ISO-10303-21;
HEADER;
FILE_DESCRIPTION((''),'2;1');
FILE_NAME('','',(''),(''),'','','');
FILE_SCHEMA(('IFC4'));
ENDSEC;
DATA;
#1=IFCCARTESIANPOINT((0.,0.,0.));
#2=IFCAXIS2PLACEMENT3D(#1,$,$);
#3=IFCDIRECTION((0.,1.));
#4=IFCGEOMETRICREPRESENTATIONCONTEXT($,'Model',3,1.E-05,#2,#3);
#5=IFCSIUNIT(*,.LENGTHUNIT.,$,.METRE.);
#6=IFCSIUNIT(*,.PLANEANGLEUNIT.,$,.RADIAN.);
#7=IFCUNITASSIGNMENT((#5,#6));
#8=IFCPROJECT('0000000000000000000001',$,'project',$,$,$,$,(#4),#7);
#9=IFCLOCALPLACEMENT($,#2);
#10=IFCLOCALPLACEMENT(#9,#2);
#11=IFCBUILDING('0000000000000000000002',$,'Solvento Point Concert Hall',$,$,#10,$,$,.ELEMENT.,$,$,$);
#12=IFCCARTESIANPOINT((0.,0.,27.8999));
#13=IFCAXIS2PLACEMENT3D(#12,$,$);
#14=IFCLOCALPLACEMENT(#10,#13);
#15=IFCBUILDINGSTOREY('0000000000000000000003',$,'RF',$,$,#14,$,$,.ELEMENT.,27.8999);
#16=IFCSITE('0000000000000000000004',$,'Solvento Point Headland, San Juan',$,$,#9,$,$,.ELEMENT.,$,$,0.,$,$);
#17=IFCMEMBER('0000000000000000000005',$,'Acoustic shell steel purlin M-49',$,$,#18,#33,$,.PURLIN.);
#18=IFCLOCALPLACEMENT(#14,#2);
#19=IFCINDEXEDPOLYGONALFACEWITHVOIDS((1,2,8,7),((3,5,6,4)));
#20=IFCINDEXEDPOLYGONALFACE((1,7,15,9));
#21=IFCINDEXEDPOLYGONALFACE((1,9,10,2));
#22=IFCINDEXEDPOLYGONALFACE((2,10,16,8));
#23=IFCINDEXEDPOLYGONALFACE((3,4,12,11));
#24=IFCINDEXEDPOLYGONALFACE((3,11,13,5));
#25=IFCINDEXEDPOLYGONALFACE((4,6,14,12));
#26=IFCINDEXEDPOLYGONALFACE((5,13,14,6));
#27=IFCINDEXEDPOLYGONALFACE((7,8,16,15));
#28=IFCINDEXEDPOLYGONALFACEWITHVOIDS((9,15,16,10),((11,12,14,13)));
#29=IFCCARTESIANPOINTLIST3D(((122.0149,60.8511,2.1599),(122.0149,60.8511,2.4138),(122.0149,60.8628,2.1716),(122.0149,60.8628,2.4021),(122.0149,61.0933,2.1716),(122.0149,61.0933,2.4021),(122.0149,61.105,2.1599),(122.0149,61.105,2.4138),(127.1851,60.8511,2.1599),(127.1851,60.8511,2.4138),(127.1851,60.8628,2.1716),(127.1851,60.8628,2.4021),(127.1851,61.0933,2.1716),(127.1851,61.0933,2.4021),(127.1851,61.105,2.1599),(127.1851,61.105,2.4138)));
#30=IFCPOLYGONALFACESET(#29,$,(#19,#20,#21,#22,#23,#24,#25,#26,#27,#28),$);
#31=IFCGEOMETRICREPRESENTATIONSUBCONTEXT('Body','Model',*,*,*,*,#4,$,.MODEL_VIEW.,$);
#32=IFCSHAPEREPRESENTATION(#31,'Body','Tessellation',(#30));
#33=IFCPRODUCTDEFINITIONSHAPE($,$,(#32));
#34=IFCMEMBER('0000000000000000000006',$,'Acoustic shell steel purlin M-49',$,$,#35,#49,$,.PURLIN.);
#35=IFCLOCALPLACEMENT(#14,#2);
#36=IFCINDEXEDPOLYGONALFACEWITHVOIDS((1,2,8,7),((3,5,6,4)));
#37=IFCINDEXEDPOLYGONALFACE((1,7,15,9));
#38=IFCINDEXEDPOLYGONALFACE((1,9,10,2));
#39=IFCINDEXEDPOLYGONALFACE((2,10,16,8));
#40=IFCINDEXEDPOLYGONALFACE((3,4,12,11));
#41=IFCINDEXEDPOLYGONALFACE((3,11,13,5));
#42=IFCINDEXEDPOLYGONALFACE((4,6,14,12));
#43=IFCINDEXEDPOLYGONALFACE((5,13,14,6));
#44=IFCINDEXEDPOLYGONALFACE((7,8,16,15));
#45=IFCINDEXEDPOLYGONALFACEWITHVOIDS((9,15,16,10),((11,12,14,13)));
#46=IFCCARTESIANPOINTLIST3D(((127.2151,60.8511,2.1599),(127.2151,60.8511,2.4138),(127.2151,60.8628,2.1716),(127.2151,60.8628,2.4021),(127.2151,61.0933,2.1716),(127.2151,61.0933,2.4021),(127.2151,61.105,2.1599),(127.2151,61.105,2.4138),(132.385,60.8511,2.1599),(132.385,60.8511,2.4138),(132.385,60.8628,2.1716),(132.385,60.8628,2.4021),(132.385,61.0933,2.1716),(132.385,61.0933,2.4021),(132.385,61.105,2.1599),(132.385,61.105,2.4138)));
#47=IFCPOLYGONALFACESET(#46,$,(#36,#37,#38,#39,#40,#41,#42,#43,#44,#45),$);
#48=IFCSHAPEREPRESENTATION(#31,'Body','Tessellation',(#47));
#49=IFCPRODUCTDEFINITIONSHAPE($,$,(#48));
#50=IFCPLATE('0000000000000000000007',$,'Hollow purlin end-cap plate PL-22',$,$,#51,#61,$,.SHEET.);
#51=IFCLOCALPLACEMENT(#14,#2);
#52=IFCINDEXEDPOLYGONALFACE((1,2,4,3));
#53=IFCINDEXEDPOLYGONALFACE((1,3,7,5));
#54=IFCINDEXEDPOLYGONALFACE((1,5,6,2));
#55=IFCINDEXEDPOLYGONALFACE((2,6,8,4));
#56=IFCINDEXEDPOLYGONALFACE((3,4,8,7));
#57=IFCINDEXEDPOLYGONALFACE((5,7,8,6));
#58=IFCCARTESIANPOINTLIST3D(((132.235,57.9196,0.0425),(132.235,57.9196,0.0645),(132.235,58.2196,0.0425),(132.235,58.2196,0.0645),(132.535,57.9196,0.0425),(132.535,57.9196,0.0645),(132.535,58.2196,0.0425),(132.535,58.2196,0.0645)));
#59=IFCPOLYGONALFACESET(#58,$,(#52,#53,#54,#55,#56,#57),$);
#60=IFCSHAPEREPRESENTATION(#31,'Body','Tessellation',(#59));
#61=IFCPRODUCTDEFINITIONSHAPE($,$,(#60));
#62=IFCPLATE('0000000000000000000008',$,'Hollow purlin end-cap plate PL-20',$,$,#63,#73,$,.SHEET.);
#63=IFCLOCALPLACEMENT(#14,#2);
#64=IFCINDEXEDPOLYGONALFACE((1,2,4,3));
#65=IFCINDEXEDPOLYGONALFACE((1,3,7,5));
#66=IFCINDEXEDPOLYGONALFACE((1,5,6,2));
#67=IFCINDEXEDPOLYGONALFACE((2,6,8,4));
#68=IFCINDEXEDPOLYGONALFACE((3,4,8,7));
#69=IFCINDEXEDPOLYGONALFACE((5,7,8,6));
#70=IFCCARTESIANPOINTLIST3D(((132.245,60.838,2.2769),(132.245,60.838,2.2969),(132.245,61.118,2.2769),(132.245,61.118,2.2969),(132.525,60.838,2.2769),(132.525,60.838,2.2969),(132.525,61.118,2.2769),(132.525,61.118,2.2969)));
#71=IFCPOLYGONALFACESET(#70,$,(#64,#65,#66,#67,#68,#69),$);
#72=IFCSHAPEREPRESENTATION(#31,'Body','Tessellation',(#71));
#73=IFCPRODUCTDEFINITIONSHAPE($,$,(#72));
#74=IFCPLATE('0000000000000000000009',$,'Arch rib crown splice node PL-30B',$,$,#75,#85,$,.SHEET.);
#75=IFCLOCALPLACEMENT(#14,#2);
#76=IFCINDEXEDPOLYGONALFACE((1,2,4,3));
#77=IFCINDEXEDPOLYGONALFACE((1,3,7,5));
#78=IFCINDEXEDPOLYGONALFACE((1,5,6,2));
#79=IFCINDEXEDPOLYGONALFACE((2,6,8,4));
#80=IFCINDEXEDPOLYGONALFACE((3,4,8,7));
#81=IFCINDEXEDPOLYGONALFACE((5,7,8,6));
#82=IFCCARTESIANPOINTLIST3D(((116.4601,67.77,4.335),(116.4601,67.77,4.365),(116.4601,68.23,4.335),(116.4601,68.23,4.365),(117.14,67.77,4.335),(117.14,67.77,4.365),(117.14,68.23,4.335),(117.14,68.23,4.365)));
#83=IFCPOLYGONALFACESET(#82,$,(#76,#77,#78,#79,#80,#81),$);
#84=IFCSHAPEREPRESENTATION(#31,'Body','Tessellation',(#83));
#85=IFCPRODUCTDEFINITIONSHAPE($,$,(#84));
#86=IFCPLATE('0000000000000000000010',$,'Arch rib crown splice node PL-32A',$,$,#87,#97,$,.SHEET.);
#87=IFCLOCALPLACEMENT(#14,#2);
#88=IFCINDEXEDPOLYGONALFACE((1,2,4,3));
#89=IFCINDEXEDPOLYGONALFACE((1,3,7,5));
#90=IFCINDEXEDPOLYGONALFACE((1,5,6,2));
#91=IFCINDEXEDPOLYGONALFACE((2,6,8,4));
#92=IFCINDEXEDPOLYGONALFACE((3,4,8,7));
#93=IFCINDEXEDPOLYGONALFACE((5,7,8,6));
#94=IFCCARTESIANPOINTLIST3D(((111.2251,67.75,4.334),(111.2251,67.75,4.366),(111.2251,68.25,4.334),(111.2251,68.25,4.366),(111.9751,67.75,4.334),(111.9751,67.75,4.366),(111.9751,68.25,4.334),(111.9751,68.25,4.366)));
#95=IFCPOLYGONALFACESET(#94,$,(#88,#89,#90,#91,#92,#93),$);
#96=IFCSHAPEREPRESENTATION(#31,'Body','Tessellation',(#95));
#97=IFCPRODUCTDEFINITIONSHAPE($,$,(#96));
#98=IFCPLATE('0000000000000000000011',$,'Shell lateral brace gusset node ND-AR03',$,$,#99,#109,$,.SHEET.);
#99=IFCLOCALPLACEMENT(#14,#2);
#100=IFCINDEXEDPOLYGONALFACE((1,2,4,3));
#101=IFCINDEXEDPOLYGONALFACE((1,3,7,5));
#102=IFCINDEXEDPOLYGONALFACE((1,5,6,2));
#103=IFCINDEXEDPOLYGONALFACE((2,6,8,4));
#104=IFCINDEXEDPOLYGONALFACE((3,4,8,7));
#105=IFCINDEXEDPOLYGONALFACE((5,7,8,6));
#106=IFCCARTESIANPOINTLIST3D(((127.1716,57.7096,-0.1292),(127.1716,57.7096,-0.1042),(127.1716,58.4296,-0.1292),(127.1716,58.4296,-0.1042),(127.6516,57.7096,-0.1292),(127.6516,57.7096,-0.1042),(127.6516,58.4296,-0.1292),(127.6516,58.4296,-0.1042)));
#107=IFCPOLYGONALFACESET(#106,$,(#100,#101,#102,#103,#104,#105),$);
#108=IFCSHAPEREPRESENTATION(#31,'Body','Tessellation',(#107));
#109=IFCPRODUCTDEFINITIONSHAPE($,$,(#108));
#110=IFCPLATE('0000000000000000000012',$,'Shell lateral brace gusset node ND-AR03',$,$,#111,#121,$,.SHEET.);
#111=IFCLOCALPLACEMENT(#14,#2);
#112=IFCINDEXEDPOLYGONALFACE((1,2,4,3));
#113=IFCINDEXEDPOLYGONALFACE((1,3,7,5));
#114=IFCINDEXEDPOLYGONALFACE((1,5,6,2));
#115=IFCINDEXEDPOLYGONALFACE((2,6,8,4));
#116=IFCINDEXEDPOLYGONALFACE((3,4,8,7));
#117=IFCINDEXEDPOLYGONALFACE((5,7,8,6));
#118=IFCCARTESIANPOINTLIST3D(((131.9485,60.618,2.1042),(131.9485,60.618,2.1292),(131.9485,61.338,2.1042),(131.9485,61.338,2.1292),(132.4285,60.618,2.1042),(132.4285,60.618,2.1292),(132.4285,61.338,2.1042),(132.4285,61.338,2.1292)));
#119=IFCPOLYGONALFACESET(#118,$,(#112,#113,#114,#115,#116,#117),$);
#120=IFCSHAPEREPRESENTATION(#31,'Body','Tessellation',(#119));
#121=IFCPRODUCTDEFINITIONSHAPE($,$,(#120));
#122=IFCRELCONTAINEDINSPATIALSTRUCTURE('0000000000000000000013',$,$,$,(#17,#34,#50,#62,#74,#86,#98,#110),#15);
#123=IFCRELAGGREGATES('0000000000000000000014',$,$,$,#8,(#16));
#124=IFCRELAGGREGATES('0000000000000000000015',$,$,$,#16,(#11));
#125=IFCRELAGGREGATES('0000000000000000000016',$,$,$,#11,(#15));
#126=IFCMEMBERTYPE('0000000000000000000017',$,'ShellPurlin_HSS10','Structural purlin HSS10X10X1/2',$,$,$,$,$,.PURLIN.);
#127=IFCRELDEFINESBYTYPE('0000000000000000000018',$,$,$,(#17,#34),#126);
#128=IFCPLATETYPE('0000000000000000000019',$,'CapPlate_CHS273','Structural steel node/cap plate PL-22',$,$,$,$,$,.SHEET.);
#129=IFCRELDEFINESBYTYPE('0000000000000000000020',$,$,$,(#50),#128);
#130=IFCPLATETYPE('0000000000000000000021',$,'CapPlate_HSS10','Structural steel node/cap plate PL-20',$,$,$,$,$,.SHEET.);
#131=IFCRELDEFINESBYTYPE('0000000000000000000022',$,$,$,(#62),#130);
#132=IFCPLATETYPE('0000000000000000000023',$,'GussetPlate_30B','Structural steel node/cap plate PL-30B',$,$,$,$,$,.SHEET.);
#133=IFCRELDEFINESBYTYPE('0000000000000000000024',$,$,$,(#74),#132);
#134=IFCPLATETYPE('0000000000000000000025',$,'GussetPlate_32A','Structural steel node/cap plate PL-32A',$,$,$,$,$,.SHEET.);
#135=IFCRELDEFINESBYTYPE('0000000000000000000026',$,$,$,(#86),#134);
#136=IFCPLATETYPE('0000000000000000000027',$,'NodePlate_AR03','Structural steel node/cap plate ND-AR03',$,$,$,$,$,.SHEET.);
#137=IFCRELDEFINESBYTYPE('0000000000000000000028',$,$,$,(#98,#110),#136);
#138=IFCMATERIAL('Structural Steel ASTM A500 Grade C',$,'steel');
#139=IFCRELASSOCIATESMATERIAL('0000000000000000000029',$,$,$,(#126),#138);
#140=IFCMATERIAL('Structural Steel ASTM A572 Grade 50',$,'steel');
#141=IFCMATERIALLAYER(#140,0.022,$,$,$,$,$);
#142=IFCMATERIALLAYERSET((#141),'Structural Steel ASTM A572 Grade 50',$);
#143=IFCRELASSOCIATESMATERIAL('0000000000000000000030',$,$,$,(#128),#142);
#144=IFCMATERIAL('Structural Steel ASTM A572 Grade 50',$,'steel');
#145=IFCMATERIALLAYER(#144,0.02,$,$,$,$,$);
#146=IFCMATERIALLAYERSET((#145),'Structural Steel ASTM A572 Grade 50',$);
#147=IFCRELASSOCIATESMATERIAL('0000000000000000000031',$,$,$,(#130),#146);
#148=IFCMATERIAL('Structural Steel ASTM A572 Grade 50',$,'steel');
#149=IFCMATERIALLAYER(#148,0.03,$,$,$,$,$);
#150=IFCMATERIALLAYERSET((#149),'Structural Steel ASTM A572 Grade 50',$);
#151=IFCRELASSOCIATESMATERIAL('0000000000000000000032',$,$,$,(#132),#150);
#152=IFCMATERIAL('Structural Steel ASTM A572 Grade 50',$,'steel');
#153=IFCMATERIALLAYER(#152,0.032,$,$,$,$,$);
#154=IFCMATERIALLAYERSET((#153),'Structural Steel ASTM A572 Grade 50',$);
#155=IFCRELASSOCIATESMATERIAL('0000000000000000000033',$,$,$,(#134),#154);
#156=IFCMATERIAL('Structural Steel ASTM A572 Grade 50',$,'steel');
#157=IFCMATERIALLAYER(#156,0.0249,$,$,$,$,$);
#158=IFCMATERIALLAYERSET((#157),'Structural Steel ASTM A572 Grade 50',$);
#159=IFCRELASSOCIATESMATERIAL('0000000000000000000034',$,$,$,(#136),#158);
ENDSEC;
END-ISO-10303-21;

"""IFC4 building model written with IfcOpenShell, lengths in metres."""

from ifc_helpers import new_model, si_unit, direction, frame, origin, origin_2d, place, context, subcontext, project, spatial, rectangle, hollow_rectangle, extrude, material, layer, layer_set, material_profile, profile_set, type_object, element, save


model = new_model("IFC4")

# Units and contexts
model_context = context("Model", 3, precision=1e-05, world=origin(), true_north=direction((0.0, 1.0)))
body_context = subcontext(model_context, "Body", "Model", "MODEL_VIEW")
ifc_project = project(units=[si_unit("LENGTHUNIT", "METRE"), si_unit("PLANEANGLEUNIT", "RADIAN")], contexts=[model_context])

# Site, building, storey
site_placement = place(None, origin())
site = spatial("IfcSite", under=ifc_project, at=site_placement, Name="Solvento Point Headland, San Juan", CompositionType="ELEMENT", RefElevation=0.0)
building_placement = place(site_placement, origin())
building = spatial("IfcBuilding", under=site, at=building_placement, Name="Solvento Point Concert Hall", CompositionType="ELEMENT")
storey_placement = place(building_placement, frame((0.0, 0.0, 27.8999)))
storey = spatial("IfcBuildingStorey", under=building, at=storey_placement, Name="RF", CompositionType="ELEMENT", Elevation=27.8999)

# Members
ifc_material_1 = material(Name="Structural Steel ASTM A500 Grade C", Category="steel")
ifc_material_profile_1 = material_profile(ifc_material_1, hollow_rectangle(XDim=0.2539, YDim=0.2539, WallThickness=0.0117, at=origin_2d()), Name="HSS10X10X1/2")
ifc_profile_set_1 = profile_set([ifc_material_profile_1], Name="Structural Steel ASTM A500 Grade C")
member_type_1 = type_object("IfcMemberType", Name="ShellPurlin_HSS10", Description="Structural purlin HSS10X10X1/2", PredefinedType="PURLIN", material=ifc_profile_set_1)
for number, where, z_axis, x_axis, name in (
    (1, (122.0149, 60.978, 2.2869), (1.0, 0.0, 0.0), (0.0, 1.0, 0.0), "Acoustic shell steel purlin M-49"),
):
    element("IfcMember", number, at=place(storey_placement, frame(where, z_axis=z_axis, x_axis=x_axis)), inside=storey, type_object=member_type_1, Name=name, PredefinedType="PURLIN", context=body_context, shape_type="SweptSolid", body=[
        extrude(hollow_rectangle(XDim=0.2539, YDim=0.2539, WallThickness=0.0117, at=origin_2d()), origin(), (0.0, 0.0, 1.0), 5.1702),
    ])
member_1_placement = place(storey_placement, frame((127.2151, 60.978, 2.2869), z_axis=(1.0, 0.0, 0.0), x_axis=(0.0, 1.0, 0.0)))
element("IfcMember", 2, at=member_1_placement, inside=storey, type_object=member_type_1, Name="Acoustic shell steel purlin M-49", PredefinedType="PURLIN", context=body_context, shape_type="SweptSolid", body=[
    extrude(hollow_rectangle(XDim=0.2539, YDim=0.2539, WallThickness=0.0117, at=origin_2d()), origin(), (0.0, 0.0, 1.0), 5.1699),
])

# Plates
ifc_material_2 = material(Name="Structural Steel ASTM A572 Grade 50", Category="steel")
ifc_layer_1 = layer(ifc_material_2, 0.022)
ifc_layer_set_1 = layer_set([ifc_layer_1], Name="Structural Steel ASTM A572 Grade 50")
plate_type_1 = type_object("IfcPlateType", Name="CapPlate_CHS273", Description="Structural steel node/cap plate PL-22", PredefinedType="SHEET", material=ifc_layer_set_1)
plate_1_placement = place(storey_placement, frame((132.385, 58.0696, 0.0425), z_axis=(0.0, 0.0, 1.0), x_axis=(0.0, 1.0, 0.0)))
element("IfcPlate", 3, at=plate_1_placement, inside=storey, type_object=plate_type_1, Name="Hollow purlin end-cap plate PL-22", PredefinedType="SHEET", context=body_context, shape_type="SweptSolid", body=[
    extrude(rectangle(XDim=0.3, YDim=0.3, at=origin_2d()), origin(), (0.0, 0.0, 1.0), 0.022),
])
ifc_material_3 = material(Name="Structural Steel ASTM A572 Grade 50", Category="steel")
ifc_layer_2 = layer(ifc_material_3, 0.02)
ifc_layer_set_2 = layer_set([ifc_layer_2], Name="Structural Steel ASTM A572 Grade 50")
plate_type_2 = type_object("IfcPlateType", Name="CapPlate_HSS10", Description="Structural steel node/cap plate PL-20", PredefinedType="SHEET", material=ifc_layer_set_2)
plate_2_placement = place(storey_placement, frame((132.385, 60.978, 2.2769), z_axis=(0.0, 0.0, 1.0), x_axis=(0.0, 1.0, 0.0)))
element("IfcPlate", 4, at=plate_2_placement, inside=storey, type_object=plate_type_2, Name="Hollow purlin end-cap plate PL-20", PredefinedType="SHEET", context=body_context, shape_type="SweptSolid", body=[
    extrude(rectangle(XDim=0.28, YDim=0.28, at=origin_2d()), origin(), (0.0, 0.0, 1.0), 0.02),
])
ifc_material_4 = material(Name="Structural Steel ASTM A572 Grade 50", Category="steel")
ifc_layer_3 = layer(ifc_material_4, 0.03)
ifc_layer_set_3 = layer_set([ifc_layer_3], Name="Structural Steel ASTM A572 Grade 50")
plate_type_3 = type_object("IfcPlateType", Name="GussetPlate_30B", Description="Structural steel node/cap plate PL-30B", PredefinedType="SHEET", material=ifc_layer_set_3)
plate_3_placement = place(storey_placement, frame((116.8, 68.0, 4.335), z_axis=(0.0, 0.0, 1.0), x_axis=(1.0, 0.0, 0.0)))
element("IfcPlate", 5, at=plate_3_placement, inside=storey, type_object=plate_type_3, Name="Arch rib crown splice node PL-30B", PredefinedType="SHEET", context=body_context, shape_type="SweptSolid", body=[
    extrude(rectangle(XDim=0.6799, YDim=0.46, at=origin_2d()), origin(), (0.0, 0.0, 1.0), 0.03),
])
ifc_material_5 = material(Name="Structural Steel ASTM A572 Grade 50", Category="steel")
ifc_layer_4 = layer(ifc_material_5, 0.032)
ifc_layer_set_4 = layer_set([ifc_layer_4], Name="Structural Steel ASTM A572 Grade 50")
plate_type_4 = type_object("IfcPlateType", Name="GussetPlate_32A", Description="Structural steel node/cap plate PL-32A", PredefinedType="SHEET", material=ifc_layer_set_4)
plate_4_placement = place(storey_placement, frame((111.6001, 68.0, 4.334), z_axis=(0.0, 0.0, 1.0), x_axis=(1.0, 0.0, 0.0)))
element("IfcPlate", 6, at=plate_4_placement, inside=storey, type_object=plate_type_4, Name="Arch rib crown splice node PL-32A", PredefinedType="SHEET", context=body_context, shape_type="SweptSolid", body=[
    extrude(rectangle(XDim=0.75, YDim=0.5, at=origin_2d()), origin(), (0.0, 0.0, 1.0), 0.032),
])
ifc_material_6 = material(Name="Structural Steel ASTM A572 Grade 50", Category="steel")
ifc_layer_5 = layer(ifc_material_6, 0.0249)
ifc_layer_set_5 = layer_set([ifc_layer_5], Name="Structural Steel ASTM A572 Grade 50")
plate_type_5 = type_object("IfcPlateType", Name="NodePlate_AR03", Description="Structural steel node/cap plate ND-AR03", PredefinedType="SHEET", material=ifc_layer_set_5)
for number, where, z_axis, x_axis, name in (
    (7, (127.4116, 58.0696, -0.1292), (0.0, 0.0, 1.0), (0.0, 1.0, 0.0), "Shell lateral brace gusset node ND-AR03"),
    (8, (132.1885, 60.978, 2.1042), (0.0, 0.0, 1.0), (0.0, 1.0, 0.0), "Shell lateral brace gusset node ND-AR03"),
):
    element("IfcPlate", number, at=place(storey_placement, frame(where, z_axis=z_axis, x_axis=x_axis)), inside=storey, type_object=plate_type_5, Name=name, PredefinedType="SHEET", context=body_context, shape_type="SweptSolid", body=[
        extrude(rectangle(XDim=0.72, YDim=0.48, at=origin_2d()), origin(), (0.0, 0.0, 1.0), 0.0249),
    ])

save(model, "model.ifc")
